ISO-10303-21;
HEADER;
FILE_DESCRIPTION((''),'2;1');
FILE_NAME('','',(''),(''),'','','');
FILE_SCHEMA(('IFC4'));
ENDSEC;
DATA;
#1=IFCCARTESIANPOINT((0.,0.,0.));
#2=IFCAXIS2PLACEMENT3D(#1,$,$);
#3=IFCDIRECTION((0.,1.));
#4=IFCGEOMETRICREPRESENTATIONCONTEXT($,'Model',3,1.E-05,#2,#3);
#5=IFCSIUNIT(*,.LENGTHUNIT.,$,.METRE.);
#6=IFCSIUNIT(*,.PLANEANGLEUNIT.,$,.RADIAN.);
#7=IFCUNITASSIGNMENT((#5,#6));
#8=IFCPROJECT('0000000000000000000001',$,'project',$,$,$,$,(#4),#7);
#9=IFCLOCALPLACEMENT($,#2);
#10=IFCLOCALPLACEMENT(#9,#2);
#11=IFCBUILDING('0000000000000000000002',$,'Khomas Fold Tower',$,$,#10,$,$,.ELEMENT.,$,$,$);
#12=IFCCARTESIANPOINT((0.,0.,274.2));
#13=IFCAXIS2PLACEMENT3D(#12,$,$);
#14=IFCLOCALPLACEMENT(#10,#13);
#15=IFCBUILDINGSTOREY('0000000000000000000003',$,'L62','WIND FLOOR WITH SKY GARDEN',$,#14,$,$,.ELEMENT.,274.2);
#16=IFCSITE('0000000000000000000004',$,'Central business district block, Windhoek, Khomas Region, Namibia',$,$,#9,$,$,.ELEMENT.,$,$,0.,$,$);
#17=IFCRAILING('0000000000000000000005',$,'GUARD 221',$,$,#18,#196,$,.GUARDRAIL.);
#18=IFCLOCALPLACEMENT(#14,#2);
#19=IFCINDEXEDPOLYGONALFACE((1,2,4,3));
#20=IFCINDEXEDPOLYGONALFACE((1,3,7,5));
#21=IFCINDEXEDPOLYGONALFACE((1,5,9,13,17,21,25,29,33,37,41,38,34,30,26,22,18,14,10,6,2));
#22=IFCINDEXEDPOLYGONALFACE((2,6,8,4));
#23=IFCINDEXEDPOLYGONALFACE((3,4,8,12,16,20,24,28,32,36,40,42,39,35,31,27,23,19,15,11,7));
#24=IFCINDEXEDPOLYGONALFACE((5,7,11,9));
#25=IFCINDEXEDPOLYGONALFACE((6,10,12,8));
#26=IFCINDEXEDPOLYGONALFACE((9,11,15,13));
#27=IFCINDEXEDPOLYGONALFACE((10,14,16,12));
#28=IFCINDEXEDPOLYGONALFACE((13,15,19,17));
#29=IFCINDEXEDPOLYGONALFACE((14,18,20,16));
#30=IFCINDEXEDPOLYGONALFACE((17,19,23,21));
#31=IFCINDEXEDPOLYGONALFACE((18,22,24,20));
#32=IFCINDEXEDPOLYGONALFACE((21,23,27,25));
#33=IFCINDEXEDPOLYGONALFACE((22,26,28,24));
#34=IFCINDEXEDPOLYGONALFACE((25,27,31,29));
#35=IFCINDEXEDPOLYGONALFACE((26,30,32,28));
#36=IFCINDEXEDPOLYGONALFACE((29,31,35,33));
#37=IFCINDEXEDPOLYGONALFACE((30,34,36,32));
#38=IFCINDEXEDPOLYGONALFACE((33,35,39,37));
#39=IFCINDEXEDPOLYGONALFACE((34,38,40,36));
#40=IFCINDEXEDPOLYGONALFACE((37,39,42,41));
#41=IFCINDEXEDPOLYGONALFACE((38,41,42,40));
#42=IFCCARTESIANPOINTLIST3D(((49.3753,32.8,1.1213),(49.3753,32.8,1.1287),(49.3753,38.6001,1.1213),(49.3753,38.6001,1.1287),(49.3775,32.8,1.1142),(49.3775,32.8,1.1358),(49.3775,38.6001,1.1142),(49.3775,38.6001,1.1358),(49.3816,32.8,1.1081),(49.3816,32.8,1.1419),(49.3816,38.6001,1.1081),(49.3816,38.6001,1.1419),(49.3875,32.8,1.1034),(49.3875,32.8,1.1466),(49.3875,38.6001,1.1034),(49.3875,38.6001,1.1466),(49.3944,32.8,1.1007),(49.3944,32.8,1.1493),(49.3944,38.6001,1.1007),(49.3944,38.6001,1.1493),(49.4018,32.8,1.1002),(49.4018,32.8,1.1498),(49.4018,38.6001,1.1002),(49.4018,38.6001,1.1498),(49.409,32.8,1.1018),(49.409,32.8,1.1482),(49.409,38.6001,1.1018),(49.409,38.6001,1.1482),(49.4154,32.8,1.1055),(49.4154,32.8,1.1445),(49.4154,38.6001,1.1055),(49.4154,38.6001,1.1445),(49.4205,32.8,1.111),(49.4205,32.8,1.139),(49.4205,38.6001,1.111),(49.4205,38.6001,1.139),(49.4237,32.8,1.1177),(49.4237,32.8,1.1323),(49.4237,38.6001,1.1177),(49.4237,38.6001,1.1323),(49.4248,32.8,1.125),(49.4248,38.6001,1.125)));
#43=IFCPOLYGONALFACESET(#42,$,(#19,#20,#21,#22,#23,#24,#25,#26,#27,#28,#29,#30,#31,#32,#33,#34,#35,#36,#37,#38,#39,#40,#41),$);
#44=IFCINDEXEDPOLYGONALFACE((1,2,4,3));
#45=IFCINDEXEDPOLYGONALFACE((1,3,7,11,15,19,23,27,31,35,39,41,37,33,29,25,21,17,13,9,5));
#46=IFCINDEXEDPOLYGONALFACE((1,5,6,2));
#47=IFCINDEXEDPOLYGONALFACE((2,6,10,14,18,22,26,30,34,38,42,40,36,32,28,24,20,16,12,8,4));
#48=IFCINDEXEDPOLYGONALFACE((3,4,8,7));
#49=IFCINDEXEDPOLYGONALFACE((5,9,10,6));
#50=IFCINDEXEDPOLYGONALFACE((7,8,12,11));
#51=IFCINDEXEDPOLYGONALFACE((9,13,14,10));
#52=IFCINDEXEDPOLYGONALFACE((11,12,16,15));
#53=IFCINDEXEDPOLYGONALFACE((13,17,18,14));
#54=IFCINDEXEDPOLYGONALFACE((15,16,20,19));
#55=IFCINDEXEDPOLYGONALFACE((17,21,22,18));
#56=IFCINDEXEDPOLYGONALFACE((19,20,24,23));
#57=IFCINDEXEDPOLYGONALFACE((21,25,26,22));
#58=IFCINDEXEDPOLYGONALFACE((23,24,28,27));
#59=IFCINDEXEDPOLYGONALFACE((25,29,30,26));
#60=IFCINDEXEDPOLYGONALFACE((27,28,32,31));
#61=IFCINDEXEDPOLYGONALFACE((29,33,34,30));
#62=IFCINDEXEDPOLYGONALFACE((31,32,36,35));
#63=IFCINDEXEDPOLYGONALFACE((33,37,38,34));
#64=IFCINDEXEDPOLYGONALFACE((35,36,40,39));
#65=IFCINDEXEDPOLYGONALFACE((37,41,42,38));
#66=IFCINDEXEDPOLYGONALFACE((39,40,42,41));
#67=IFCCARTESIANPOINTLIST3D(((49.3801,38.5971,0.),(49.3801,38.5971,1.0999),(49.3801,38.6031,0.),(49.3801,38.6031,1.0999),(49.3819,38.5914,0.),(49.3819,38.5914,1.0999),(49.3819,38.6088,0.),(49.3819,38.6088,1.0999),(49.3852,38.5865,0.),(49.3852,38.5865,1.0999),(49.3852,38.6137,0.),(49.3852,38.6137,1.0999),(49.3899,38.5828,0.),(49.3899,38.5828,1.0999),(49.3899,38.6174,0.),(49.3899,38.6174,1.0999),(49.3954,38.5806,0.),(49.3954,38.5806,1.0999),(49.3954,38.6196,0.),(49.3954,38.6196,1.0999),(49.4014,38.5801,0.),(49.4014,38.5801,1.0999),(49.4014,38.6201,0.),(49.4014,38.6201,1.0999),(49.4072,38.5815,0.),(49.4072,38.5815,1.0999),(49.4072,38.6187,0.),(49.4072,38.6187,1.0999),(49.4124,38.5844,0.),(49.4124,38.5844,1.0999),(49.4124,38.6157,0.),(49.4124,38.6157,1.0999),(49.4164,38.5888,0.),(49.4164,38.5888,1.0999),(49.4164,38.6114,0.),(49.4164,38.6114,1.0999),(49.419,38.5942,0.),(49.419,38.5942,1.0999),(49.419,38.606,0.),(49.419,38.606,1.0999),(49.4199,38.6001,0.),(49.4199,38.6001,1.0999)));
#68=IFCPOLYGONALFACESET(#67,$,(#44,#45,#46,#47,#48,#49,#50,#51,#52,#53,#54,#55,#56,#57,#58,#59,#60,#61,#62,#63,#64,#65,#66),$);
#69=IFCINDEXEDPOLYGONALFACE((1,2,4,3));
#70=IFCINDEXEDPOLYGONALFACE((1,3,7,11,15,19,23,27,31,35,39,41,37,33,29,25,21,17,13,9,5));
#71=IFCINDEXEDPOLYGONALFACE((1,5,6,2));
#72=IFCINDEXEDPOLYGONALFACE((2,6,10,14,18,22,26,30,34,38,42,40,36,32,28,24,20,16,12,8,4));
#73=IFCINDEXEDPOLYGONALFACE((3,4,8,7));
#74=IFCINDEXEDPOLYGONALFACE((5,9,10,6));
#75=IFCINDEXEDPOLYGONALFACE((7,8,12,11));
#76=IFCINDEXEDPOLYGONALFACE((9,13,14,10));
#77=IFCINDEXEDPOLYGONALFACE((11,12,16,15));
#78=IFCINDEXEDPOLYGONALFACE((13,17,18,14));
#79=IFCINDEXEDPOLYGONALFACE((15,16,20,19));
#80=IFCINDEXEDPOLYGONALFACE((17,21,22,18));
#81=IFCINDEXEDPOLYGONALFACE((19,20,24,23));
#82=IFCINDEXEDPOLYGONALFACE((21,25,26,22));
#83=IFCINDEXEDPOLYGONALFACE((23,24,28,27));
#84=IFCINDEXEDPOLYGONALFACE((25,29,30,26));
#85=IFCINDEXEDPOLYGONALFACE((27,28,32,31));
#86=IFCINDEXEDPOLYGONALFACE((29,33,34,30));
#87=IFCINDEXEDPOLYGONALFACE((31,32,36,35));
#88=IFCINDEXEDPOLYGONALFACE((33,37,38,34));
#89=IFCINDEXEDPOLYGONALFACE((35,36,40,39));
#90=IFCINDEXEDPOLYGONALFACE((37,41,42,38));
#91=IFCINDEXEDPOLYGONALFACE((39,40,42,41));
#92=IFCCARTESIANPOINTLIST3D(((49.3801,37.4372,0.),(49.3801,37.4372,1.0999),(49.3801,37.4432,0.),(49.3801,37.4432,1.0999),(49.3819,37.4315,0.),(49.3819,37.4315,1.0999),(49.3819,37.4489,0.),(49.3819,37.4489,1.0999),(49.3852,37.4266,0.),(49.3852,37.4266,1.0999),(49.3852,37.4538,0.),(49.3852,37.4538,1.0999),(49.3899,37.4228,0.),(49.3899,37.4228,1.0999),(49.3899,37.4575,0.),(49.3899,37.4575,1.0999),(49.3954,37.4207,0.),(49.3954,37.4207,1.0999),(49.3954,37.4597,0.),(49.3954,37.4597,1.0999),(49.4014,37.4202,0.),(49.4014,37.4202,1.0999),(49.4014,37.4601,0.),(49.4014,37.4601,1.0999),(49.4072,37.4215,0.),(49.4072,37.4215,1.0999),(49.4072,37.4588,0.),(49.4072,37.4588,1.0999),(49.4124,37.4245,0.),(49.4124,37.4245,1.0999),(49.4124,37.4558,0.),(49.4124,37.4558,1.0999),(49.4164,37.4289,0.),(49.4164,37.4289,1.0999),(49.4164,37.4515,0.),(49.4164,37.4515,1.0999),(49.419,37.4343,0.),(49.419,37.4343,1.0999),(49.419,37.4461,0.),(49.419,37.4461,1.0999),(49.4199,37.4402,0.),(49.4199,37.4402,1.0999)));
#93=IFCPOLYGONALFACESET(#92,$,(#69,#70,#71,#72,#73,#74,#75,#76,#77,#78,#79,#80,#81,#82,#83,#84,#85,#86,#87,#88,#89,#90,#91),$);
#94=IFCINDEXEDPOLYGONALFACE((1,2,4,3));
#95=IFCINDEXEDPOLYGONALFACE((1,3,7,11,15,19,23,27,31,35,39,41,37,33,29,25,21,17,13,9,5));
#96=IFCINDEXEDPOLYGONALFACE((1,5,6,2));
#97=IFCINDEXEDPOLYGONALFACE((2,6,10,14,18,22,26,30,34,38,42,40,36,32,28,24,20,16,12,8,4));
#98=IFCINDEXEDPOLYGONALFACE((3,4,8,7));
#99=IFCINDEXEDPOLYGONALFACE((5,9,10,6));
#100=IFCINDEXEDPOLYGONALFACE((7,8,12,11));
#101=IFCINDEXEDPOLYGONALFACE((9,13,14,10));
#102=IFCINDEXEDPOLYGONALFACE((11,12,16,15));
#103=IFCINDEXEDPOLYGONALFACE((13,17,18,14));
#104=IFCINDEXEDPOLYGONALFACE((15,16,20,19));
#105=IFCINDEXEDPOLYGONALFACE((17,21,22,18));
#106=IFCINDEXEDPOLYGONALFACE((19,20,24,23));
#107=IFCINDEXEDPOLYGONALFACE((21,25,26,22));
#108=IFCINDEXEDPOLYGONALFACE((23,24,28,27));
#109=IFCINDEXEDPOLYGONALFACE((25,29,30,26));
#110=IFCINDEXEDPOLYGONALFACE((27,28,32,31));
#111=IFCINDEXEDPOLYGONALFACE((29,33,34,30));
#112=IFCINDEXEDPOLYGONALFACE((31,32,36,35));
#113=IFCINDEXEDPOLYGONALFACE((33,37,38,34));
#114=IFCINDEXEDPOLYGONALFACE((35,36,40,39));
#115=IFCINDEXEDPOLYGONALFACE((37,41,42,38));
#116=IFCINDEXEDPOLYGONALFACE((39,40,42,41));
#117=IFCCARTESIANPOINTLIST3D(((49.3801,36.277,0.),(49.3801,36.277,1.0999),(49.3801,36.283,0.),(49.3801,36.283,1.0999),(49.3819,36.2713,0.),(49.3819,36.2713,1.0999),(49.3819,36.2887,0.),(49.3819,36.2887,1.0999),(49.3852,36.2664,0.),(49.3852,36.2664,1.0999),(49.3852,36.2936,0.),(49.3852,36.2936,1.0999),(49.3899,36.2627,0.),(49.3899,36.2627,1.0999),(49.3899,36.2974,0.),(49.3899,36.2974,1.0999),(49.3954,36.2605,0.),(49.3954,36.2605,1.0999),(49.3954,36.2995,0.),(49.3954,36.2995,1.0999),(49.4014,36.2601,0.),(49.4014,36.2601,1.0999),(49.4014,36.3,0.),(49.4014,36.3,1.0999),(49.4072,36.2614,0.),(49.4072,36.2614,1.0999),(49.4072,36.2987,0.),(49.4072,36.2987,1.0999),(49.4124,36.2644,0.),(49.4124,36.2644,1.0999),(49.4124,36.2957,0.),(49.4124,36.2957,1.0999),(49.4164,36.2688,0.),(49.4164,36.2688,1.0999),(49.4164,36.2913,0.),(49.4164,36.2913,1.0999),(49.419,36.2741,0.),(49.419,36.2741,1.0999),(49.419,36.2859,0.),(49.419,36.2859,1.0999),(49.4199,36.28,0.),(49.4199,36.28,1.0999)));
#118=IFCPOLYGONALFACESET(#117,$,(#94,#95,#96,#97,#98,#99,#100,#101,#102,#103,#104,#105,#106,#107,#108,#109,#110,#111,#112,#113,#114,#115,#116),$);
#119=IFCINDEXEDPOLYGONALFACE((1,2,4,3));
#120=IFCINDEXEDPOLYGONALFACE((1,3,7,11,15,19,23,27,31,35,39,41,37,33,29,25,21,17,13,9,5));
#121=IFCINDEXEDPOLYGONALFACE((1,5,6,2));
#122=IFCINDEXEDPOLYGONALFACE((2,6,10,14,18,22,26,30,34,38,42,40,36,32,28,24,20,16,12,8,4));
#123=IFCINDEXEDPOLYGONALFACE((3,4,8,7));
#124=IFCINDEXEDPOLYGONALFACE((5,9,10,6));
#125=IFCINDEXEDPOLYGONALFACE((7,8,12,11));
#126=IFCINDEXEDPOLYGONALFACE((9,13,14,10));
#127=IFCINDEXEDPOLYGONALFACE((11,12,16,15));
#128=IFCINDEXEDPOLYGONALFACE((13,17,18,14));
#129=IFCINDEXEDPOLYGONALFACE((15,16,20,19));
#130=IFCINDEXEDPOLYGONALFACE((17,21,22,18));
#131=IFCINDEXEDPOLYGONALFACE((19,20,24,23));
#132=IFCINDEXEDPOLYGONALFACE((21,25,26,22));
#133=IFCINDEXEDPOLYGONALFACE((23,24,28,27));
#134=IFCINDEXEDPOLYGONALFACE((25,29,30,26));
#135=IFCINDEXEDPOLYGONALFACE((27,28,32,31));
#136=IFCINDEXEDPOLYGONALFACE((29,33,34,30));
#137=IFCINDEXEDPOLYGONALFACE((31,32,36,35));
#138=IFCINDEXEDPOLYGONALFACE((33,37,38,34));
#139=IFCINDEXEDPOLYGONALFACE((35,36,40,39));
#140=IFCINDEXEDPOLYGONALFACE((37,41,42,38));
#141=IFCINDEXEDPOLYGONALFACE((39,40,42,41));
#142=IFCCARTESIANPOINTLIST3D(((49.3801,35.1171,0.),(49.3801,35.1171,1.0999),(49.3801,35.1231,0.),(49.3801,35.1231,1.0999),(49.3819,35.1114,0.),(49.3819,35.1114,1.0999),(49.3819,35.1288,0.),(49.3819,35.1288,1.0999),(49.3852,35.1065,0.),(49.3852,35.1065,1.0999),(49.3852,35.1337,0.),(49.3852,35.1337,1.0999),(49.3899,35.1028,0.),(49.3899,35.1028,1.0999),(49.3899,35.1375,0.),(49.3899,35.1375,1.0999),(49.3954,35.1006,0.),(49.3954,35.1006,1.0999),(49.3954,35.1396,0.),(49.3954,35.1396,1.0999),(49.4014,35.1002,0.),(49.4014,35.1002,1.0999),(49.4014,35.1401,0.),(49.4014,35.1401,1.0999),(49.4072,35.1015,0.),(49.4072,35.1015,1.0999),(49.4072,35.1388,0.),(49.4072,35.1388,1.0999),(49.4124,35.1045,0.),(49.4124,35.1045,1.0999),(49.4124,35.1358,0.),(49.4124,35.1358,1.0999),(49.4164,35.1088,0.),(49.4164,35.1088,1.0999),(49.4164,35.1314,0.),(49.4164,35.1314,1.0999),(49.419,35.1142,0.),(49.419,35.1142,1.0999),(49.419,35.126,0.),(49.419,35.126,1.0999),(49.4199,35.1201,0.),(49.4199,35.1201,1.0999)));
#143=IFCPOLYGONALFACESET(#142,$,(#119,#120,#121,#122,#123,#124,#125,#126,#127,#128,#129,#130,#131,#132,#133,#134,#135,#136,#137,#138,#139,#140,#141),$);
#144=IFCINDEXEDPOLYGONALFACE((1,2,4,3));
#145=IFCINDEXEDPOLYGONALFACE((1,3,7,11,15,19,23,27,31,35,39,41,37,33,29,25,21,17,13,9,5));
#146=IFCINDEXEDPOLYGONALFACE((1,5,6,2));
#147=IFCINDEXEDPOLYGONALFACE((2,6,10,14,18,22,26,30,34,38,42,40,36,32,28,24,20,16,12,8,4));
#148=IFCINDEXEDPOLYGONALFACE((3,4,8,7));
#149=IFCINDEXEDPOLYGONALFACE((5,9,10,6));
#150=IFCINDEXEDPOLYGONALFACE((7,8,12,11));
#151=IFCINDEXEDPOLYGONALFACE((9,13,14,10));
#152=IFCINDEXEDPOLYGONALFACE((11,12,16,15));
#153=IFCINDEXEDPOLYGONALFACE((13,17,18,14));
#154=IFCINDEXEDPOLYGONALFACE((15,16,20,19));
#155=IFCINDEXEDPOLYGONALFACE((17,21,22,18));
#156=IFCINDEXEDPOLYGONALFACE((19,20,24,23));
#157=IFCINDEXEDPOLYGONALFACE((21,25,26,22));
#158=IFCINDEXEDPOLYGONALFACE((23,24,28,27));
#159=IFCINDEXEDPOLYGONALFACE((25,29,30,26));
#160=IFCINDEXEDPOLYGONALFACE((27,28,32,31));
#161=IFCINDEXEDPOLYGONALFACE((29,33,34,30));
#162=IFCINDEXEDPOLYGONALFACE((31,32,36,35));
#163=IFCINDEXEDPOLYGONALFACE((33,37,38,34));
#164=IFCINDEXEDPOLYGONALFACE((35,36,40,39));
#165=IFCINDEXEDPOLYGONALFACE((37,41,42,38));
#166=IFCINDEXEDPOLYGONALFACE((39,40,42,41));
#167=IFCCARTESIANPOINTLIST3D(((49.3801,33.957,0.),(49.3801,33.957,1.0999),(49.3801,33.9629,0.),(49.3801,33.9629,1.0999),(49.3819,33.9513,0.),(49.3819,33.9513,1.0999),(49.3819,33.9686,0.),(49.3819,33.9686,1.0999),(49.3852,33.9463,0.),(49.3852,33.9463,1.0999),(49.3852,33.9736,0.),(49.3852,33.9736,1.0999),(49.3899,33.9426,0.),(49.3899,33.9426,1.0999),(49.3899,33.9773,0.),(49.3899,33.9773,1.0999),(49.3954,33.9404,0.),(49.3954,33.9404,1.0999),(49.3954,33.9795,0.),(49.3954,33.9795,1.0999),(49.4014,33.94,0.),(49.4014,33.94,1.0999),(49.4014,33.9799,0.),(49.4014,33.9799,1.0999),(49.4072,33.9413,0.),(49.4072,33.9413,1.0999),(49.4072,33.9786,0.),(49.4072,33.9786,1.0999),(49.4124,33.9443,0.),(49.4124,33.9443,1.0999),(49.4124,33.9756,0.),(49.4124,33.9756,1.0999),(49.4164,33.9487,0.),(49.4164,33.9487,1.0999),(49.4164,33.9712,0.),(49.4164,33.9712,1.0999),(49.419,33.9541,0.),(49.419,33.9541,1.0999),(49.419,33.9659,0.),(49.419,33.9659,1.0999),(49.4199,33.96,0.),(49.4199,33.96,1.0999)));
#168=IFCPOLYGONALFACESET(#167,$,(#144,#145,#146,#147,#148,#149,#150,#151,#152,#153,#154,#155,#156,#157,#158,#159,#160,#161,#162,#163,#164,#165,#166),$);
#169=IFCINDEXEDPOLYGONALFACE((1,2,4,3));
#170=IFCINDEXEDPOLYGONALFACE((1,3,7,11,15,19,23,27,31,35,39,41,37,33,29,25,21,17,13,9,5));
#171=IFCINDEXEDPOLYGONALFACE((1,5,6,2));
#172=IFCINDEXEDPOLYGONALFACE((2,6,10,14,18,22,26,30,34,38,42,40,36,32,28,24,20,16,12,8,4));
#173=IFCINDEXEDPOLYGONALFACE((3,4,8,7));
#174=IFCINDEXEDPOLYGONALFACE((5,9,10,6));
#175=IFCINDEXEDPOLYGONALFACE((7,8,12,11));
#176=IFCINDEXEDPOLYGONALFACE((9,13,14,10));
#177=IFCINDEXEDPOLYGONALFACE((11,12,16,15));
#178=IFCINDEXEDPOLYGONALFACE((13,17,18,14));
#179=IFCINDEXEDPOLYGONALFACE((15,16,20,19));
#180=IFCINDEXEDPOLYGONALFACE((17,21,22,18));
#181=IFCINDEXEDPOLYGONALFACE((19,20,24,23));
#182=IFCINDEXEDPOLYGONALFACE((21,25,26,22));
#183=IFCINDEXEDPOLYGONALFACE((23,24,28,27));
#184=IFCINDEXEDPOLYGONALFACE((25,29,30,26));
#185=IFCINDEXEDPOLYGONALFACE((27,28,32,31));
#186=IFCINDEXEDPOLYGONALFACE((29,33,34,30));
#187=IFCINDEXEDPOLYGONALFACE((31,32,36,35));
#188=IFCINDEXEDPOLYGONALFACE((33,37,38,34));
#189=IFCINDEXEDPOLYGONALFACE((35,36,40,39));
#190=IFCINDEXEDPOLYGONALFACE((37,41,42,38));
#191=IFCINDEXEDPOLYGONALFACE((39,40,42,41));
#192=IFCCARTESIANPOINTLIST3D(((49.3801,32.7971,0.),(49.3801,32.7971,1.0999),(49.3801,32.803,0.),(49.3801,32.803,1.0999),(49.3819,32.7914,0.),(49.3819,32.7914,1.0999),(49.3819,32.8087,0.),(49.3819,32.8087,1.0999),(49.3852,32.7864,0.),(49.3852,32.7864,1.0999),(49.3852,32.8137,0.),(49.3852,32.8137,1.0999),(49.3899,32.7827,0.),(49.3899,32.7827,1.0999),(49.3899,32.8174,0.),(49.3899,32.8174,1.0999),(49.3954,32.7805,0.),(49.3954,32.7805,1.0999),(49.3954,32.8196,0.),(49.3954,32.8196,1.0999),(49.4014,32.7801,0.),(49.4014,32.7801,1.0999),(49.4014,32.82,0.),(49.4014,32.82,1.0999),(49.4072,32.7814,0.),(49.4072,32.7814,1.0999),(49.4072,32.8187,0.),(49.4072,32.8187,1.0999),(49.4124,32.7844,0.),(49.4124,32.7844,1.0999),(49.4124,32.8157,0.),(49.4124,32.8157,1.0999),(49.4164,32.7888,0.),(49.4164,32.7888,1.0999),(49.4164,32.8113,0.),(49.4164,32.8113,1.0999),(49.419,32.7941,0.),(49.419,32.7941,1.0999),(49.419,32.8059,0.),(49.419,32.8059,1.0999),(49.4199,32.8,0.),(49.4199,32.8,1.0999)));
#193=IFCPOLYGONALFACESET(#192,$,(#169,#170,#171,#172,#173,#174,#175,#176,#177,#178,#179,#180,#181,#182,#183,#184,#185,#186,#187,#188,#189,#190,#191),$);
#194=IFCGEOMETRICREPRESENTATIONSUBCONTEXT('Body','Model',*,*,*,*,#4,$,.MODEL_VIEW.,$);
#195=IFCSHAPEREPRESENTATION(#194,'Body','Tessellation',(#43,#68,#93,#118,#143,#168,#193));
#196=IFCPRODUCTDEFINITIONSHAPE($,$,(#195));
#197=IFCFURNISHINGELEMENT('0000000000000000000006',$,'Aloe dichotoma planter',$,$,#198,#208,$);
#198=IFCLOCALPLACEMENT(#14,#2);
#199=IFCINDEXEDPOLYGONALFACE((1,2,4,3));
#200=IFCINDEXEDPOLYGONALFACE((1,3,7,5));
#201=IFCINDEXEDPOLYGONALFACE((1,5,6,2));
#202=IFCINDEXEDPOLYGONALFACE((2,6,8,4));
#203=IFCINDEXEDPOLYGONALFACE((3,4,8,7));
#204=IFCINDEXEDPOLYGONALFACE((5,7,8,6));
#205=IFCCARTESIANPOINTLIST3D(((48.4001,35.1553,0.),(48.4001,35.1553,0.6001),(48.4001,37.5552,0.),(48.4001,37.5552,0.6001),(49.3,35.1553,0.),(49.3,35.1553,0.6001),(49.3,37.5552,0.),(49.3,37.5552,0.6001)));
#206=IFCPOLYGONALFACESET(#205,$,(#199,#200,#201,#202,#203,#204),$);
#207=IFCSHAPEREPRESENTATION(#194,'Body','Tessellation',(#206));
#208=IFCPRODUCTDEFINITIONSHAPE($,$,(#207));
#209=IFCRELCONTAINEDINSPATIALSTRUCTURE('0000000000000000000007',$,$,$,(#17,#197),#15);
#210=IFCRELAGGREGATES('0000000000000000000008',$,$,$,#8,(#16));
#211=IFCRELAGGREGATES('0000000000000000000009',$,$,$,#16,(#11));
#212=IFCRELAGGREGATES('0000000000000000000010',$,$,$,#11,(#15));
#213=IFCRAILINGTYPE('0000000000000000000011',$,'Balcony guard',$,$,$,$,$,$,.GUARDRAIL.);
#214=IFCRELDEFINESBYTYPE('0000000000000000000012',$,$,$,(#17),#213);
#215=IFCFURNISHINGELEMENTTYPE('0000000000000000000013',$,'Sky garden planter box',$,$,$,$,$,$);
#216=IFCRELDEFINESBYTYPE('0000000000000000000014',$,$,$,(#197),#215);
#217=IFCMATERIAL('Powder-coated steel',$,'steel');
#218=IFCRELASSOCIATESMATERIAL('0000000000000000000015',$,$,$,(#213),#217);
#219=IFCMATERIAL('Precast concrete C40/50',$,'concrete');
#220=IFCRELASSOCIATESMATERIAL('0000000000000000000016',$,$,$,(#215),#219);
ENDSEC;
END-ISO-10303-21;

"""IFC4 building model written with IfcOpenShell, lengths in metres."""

from ifc_helpers import new_model, si_unit, direction, frame, origin, origin_2d, place, context, subcontext, project, spatial, rectangle, circle, extrude, source, transform, mapped, material, type_object, element, save


model = new_model("IFC4")

# Units and contexts
model_context = context("Model", 3, precision=1e-05, world=origin(), true_north=direction((0.0, 1.0)))
body_context = subcontext(model_context, "Body", "Model", "MODEL_VIEW")
ifc_project = project(units=[si_unit("LENGTHUNIT", "METRE"), si_unit("PLANEANGLEUNIT", "RADIAN")], contexts=[model_context])

# Site, building, storey
site_placement = place(None, origin())
site = spatial("IfcSite", under=ifc_project, at=site_placement, Name="Central business district block, Windhoek, Khomas Region, Namibia", CompositionType="ELEMENT", RefElevation=0.0)
building_placement = place(site_placement, origin())
building = spatial("IfcBuilding", under=site, at=building_placement, Name="Khomas Fold Tower", CompositionType="ELEMENT")
storey_placement = place(building_placement, frame((0.0, 0.0, 274.2)))
storey = spatial("IfcBuildingStorey", under=building, at=storey_placement, Name="L62", Description="WIND FLOOR WITH SKY GARDEN", CompositionType="ELEMENT", Elevation=274.2)

# Railing
ifc_material_1 = material(Name="Powder-coated steel", Category="steel")
railing_type = type_object("IfcRailingType", Name="Balcony guard", PredefinedType="GUARDRAIL", material=ifc_material_1)
shared_shape_1 = source(origin(), body_context, "Body", "SweptSolid", [
    extrude(circle(Radius=0.0249, at=origin_2d()), frame((0.0, 0.0, 1.125), z_axis=(0.0, -1.0, 0.0), x_axis=(1.0, 0.0, 0.0)), (0.0, 0.0, 1.0), 5.8),
    extrude(circle(Radius=0.02, at=origin_2d()), origin(), (0.0, 0.0, 1.0), 1.0999),
    extrude(circle(Radius=0.02, at=origin_2d()), frame((0.0, -1.1599, 0.0)), (0.0, 0.0, 1.0), 1.0999),
    extrude(circle(Radius=0.02, at=origin_2d()), frame((0.0, -2.3201, 0.0)), (0.0, 0.0, 1.0), 1.0999),
    extrude(circle(Radius=0.02, at=origin_2d()), frame((0.0, -3.48, 0.0)), (0.0, 0.0, 1.0), 1.0999),
    extrude(circle(Radius=0.02, at=origin_2d()), frame((0.0, -4.6401, 0.0)), (0.0, 0.0, 1.0), 1.0999),
    extrude(circle(Radius=0.02, at=origin_2d()), frame((0.0, -5.8, 0.0)), (0.0, 0.0, 1.0), 1.0999),
])
railing_placement = place(storey_placement, frame((49.3999, 38.6001, 0.0)))
element("IfcRailing", 1, at=railing_placement, inside=storey, type_object=railing_type, Name="GUARD 221", PredefinedType="GUARDRAIL", context=body_context, shape_type="MappedRepresentation", body=[
    mapped(shared_shape_1, transform((0.0, 0.0, 0.0))),
])

# Furnishing element
ifc_material_2 = material(Name="Precast concrete C40/50", Category="concrete")
furnishing_element_type_1 = type_object("IfcFurnishingElementType", Name="Sky garden planter box", material=ifc_material_2)
shared_shape_2 = source(origin(), body_context, "Body", "SweptSolid", [
    extrude(rectangle(XDim=2.3999, YDim=0.8999, at=origin_2d()), origin(), (0.0, 0.0, 1.0), 0.6001),
])
furnishing_1_placement = place(storey_placement, frame((48.8501, 36.3552, 0.0), z_axis=(0.0, 0.0, 1.0), x_axis=(0.0, -1.0, 0.0)))
element("IfcFurnishingElement", 2, at=furnishing_1_placement, inside=storey, type_object=furnishing_element_type_1, Name="Aloe dichotoma planter", context=body_context, shape_type="MappedRepresentation", body=[
    mapped(shared_shape_2, transform((0.0, 0.0, 0.0))),
])

save(model, "model.ifc")
